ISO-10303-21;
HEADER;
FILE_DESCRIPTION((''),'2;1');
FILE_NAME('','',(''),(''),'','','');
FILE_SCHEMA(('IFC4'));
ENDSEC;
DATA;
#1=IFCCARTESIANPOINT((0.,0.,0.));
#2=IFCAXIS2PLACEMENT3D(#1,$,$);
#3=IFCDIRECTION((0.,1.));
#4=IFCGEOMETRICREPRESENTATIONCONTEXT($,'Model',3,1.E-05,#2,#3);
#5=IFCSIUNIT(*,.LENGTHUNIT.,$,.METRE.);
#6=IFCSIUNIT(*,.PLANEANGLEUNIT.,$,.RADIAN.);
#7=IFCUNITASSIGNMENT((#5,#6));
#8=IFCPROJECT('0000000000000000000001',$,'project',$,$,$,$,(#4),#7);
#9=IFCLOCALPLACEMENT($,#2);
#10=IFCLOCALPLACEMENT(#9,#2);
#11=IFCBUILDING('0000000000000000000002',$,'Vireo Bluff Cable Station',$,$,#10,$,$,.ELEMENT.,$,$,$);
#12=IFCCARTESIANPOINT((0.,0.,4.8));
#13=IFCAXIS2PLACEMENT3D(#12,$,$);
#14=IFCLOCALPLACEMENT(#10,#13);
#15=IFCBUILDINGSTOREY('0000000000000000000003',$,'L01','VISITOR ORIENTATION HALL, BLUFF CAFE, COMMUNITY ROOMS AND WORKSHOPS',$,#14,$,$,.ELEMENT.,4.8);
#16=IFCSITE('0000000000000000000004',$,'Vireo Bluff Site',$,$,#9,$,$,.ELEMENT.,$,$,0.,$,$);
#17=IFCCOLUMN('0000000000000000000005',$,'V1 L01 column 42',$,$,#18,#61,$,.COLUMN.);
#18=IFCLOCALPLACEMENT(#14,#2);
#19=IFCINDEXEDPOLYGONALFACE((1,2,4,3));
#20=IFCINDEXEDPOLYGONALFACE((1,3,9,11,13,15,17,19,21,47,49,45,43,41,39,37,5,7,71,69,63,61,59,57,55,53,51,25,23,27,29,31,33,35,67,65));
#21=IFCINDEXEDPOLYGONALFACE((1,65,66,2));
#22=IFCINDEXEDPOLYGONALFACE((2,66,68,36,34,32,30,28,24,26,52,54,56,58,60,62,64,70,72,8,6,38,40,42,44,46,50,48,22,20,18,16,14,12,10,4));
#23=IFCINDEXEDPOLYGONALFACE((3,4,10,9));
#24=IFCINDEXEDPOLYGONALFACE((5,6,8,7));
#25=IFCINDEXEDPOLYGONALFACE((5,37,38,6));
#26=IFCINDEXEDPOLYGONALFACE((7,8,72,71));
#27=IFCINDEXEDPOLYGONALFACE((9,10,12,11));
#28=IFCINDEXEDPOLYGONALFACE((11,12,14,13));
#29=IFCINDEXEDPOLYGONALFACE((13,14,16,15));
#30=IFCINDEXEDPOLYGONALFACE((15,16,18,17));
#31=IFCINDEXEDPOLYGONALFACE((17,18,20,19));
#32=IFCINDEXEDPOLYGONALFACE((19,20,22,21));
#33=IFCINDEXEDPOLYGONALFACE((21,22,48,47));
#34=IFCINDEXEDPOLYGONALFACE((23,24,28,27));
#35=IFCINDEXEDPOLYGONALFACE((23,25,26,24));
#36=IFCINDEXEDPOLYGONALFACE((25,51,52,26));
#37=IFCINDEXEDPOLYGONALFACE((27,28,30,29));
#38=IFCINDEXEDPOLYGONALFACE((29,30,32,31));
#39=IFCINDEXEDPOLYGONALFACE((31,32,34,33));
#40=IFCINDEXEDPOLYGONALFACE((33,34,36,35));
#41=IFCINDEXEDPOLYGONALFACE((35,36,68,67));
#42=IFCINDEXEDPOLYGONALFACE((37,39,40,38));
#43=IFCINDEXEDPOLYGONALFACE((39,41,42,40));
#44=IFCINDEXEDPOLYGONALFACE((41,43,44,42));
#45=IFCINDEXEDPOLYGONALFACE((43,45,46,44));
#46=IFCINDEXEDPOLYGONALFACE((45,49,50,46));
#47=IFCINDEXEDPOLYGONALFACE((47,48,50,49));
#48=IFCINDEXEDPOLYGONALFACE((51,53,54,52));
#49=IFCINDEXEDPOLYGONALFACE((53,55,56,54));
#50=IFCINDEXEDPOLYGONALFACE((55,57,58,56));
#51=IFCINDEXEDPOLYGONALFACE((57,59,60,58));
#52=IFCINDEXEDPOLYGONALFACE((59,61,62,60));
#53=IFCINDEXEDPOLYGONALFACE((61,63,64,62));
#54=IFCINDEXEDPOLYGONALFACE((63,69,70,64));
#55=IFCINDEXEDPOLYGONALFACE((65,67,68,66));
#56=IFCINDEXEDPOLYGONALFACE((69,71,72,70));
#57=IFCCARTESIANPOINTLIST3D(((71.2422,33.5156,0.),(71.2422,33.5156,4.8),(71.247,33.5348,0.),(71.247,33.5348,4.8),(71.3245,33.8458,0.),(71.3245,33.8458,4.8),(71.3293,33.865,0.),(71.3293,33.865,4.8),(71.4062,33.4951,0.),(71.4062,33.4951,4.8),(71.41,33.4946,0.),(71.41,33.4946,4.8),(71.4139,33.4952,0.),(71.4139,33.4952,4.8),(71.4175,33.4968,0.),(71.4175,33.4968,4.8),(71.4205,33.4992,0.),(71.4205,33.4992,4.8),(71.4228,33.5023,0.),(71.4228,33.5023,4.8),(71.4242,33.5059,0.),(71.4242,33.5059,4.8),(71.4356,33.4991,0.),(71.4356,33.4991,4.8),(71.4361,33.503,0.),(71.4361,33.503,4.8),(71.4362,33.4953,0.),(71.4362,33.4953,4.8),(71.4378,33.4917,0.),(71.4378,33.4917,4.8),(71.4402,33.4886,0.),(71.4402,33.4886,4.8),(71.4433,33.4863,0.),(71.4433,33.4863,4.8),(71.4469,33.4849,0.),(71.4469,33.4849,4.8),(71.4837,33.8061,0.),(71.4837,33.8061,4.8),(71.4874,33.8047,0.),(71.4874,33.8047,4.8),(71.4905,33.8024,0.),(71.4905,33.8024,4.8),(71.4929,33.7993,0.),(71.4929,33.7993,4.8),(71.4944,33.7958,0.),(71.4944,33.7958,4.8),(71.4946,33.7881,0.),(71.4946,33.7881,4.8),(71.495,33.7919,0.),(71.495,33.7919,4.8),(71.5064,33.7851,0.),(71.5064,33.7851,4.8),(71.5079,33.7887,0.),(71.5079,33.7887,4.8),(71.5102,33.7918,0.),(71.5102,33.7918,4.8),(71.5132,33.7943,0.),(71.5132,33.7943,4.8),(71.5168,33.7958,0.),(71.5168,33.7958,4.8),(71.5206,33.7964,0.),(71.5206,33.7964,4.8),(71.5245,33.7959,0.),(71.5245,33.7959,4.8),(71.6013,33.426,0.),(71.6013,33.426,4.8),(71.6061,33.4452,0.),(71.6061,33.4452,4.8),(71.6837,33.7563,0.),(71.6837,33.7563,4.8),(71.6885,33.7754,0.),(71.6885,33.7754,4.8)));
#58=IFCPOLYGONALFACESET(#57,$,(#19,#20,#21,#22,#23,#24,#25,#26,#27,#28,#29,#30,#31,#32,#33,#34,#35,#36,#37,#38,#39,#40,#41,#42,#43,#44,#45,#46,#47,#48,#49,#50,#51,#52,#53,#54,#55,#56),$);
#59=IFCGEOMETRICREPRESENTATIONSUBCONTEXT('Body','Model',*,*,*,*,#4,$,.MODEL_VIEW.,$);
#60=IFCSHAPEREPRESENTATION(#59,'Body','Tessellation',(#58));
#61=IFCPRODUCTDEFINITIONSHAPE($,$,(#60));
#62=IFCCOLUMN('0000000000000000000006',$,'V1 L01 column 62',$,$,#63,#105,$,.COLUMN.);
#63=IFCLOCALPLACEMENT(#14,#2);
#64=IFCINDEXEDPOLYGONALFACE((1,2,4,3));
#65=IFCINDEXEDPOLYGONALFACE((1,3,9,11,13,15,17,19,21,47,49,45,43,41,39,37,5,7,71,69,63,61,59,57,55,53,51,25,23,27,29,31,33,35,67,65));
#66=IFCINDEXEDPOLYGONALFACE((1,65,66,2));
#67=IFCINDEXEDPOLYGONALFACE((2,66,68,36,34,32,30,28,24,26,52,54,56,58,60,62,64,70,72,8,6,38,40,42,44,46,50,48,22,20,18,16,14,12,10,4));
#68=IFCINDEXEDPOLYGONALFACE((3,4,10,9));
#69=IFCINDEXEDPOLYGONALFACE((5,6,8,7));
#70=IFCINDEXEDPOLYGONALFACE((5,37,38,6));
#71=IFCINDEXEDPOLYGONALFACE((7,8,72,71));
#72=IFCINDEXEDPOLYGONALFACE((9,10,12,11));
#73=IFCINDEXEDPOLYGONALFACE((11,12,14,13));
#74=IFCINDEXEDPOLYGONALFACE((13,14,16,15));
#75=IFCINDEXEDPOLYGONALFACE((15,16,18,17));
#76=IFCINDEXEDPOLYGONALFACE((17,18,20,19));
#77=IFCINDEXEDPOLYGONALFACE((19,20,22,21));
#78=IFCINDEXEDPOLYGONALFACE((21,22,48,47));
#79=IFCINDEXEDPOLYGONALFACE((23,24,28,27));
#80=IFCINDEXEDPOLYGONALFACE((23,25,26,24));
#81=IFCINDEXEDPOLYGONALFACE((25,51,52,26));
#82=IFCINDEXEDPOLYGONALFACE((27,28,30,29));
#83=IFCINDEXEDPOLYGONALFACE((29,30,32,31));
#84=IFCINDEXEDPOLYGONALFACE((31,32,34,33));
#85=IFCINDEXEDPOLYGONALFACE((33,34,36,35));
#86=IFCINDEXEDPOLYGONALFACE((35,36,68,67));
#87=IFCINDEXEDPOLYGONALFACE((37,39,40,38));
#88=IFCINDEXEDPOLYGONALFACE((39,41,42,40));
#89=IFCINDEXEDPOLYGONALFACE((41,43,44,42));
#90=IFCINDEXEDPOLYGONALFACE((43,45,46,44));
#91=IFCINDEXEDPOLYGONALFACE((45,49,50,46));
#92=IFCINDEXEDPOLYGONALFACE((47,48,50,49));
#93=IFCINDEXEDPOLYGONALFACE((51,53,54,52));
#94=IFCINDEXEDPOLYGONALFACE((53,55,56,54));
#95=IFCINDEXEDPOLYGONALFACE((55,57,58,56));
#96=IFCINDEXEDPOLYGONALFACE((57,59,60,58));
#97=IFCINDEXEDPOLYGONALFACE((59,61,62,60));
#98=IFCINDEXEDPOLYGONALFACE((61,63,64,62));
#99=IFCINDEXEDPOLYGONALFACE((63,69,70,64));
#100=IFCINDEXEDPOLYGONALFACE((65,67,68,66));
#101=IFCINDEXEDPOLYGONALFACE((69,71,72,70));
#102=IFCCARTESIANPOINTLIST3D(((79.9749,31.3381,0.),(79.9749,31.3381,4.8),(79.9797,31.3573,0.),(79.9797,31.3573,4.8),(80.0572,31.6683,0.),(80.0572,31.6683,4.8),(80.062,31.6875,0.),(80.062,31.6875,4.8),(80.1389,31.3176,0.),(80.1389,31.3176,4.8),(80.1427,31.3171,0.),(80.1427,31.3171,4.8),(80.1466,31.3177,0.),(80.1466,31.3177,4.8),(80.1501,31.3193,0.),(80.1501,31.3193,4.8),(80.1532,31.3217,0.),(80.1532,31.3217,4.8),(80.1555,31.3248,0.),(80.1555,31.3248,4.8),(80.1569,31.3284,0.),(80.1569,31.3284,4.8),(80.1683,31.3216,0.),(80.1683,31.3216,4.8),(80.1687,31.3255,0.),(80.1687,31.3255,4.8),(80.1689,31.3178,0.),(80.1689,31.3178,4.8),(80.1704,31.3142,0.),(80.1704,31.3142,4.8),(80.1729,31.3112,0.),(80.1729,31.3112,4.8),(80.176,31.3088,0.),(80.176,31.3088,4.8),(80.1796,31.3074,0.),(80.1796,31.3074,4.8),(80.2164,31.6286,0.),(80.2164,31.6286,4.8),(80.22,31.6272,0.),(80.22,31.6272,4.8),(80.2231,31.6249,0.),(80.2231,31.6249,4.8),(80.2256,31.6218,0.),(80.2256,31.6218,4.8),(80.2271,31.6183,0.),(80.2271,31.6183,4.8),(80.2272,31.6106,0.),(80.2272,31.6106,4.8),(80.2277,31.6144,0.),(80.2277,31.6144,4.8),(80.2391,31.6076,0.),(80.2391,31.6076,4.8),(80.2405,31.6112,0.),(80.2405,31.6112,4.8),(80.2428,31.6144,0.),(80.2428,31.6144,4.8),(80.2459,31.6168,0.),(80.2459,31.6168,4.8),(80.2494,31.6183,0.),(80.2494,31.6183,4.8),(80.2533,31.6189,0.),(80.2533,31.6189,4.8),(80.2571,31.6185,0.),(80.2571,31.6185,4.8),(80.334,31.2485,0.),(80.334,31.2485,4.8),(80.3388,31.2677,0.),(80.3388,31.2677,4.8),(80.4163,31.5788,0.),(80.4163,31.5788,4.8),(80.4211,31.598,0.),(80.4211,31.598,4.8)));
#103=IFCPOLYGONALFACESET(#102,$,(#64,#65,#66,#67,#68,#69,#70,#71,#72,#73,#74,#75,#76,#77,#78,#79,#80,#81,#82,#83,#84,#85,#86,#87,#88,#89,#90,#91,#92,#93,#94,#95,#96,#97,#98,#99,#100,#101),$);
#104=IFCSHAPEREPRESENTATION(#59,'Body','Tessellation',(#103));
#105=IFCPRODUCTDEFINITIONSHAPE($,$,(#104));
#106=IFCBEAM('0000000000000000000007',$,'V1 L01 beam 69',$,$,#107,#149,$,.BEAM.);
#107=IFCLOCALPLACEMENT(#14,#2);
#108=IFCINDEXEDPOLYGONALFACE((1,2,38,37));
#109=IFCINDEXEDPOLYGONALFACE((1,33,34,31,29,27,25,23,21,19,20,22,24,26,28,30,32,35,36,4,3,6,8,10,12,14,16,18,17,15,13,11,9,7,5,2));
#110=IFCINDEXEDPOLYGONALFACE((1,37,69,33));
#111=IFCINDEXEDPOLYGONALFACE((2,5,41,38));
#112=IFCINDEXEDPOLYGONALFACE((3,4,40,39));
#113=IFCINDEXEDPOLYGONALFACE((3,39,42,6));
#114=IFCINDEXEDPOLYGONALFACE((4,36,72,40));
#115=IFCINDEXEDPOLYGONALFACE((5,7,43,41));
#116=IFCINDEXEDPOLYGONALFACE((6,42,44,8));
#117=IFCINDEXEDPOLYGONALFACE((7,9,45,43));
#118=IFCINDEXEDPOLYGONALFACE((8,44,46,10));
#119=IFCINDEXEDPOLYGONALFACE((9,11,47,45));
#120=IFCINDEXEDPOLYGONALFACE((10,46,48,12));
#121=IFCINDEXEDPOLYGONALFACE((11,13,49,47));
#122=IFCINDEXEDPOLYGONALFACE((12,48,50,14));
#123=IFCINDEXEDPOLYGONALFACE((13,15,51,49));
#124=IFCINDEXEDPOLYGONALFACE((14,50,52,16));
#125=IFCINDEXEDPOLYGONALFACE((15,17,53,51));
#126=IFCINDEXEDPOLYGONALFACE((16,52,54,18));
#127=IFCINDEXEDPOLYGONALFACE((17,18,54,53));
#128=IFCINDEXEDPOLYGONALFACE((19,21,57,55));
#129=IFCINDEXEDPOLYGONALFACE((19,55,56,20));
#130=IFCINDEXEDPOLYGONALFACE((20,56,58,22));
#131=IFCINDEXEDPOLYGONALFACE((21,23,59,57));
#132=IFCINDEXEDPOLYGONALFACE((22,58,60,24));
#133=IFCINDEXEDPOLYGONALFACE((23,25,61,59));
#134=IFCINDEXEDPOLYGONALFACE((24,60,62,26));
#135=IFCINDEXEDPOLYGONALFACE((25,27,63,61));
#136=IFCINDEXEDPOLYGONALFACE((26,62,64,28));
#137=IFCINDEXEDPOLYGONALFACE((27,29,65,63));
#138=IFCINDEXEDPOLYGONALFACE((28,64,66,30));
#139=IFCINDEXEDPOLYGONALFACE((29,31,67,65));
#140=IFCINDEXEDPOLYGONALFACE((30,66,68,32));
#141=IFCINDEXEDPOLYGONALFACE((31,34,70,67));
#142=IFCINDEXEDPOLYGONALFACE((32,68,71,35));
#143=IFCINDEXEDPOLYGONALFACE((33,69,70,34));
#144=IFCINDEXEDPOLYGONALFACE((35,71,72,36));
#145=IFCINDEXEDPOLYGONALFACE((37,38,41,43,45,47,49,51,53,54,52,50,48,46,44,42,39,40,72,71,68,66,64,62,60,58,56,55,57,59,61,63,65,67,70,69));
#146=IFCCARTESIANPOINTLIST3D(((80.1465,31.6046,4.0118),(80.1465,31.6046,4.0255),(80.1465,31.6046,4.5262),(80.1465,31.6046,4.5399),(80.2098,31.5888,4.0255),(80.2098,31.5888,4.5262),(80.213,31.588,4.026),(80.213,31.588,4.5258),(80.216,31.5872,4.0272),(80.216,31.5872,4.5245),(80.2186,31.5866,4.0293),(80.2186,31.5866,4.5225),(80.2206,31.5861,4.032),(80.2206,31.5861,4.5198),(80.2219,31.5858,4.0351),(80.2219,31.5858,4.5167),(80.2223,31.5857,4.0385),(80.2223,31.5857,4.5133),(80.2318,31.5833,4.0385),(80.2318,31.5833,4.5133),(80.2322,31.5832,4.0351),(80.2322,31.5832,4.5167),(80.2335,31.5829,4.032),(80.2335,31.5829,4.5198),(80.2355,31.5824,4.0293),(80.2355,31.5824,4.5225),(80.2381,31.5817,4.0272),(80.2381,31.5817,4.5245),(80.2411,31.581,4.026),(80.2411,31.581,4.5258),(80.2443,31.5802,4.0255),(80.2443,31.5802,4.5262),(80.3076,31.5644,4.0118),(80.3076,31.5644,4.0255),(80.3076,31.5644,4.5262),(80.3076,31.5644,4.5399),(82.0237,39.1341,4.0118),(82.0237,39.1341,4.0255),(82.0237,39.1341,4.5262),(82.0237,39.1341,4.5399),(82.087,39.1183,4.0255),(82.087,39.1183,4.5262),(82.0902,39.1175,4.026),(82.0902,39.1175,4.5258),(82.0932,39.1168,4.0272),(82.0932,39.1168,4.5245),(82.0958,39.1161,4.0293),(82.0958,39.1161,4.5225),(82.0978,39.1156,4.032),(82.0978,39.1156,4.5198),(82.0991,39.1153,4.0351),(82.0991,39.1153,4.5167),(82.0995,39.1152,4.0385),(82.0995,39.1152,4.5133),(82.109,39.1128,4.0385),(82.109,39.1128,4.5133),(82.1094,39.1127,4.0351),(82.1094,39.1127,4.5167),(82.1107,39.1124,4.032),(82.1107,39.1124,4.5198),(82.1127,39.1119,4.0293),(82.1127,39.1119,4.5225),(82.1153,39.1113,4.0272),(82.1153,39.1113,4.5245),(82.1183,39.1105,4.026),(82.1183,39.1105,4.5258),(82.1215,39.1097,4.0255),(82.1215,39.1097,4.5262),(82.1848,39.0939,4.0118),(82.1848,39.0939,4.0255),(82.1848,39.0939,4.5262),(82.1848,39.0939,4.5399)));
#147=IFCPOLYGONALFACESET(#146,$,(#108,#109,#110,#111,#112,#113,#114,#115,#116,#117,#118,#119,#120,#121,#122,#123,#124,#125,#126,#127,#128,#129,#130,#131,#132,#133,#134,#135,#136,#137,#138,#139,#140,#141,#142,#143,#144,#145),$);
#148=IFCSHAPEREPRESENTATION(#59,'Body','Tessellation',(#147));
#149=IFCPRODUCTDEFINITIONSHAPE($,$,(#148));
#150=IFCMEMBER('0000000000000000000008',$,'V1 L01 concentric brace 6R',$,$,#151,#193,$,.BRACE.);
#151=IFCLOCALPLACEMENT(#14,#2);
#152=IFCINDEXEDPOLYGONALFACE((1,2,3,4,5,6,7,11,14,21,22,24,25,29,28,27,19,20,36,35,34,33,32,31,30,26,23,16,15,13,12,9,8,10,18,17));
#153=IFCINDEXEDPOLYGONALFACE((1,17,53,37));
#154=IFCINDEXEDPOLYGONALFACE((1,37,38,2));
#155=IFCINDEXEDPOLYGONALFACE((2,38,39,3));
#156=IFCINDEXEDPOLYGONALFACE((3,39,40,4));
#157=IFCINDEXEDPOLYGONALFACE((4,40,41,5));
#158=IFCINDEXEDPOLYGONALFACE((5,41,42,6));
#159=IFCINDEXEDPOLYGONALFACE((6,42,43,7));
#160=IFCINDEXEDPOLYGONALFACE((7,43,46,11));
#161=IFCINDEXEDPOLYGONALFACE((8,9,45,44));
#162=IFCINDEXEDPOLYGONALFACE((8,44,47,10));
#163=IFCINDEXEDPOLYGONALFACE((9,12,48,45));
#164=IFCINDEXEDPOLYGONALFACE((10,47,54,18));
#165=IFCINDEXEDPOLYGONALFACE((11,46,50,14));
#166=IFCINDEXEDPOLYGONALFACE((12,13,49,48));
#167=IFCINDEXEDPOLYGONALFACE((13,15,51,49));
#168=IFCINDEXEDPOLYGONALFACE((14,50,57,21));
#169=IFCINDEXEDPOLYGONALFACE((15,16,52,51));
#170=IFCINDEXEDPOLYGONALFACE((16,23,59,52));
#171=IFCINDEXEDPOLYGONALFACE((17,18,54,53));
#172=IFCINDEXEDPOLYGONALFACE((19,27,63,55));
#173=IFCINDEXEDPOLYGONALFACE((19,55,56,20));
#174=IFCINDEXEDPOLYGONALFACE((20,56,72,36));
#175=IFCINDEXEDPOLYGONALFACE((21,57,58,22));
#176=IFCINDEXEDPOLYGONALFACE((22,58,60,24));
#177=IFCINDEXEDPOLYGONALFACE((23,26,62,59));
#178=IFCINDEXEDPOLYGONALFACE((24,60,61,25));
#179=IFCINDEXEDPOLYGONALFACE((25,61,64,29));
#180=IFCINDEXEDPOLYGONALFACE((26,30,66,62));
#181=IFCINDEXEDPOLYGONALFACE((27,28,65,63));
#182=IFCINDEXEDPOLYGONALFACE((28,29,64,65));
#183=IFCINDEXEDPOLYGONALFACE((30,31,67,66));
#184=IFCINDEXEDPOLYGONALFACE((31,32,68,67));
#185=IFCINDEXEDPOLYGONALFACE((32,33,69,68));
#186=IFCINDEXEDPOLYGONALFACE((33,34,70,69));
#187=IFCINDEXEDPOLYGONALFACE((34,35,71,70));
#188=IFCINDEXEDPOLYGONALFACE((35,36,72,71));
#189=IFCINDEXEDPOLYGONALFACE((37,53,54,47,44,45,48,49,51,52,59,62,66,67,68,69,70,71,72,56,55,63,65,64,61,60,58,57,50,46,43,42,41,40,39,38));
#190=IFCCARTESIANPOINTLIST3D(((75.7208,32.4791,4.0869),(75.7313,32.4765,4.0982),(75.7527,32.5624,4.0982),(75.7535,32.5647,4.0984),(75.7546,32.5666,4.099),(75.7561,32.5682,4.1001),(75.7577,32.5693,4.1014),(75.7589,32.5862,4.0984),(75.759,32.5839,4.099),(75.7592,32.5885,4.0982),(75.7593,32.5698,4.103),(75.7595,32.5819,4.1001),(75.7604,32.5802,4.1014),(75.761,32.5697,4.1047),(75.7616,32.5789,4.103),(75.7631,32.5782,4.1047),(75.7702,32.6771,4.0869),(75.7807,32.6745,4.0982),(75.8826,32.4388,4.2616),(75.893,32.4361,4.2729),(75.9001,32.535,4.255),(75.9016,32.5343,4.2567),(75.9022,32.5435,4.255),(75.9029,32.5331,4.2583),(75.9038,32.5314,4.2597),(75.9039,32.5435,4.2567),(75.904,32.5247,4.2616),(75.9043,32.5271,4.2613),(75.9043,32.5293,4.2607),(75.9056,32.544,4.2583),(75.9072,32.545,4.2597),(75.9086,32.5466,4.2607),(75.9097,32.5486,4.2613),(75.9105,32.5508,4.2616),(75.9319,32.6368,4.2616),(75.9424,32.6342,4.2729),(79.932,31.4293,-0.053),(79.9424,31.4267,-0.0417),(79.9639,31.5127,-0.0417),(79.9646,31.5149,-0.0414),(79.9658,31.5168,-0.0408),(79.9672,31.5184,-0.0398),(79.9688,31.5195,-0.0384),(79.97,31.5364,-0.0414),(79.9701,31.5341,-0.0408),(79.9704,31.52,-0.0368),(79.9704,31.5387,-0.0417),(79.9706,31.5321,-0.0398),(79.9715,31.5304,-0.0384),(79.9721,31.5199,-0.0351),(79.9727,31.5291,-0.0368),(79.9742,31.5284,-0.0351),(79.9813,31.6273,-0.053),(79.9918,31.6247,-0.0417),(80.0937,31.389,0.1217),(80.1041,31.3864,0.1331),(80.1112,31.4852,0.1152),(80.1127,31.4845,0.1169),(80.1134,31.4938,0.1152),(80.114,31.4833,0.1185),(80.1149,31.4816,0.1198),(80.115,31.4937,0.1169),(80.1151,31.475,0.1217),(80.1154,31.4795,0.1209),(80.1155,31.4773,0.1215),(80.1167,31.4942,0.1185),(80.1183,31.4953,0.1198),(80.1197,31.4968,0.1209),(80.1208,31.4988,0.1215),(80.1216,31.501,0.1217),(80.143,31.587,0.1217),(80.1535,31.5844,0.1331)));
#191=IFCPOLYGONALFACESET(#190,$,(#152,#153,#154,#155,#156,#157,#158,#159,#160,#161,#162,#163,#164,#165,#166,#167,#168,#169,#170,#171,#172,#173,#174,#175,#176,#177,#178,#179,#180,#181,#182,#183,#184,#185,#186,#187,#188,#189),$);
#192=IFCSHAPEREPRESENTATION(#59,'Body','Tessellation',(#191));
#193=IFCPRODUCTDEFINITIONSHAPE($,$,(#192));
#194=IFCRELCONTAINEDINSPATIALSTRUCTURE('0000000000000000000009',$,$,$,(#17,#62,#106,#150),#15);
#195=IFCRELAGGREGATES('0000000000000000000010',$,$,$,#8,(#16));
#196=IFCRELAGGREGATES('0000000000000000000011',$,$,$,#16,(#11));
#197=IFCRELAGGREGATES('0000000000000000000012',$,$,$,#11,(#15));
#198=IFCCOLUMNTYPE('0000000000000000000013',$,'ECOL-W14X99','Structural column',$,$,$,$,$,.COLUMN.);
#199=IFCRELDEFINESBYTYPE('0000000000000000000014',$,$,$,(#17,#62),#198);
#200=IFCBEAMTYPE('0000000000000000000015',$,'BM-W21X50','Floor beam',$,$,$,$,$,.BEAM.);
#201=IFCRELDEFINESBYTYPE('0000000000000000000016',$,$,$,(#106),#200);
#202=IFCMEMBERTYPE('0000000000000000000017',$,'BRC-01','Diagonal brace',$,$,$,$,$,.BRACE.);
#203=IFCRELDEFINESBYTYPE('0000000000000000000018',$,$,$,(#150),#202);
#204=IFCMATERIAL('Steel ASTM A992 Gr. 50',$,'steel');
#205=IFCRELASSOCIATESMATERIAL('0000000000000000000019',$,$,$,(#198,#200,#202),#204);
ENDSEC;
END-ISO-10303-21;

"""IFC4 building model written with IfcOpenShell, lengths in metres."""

from ifc_helpers import new_model, si_unit, direction, frame, origin, origin_2d, place, context, subcontext, project, spatial, i_section, extrude, material, material_profile, profile_set, type_object, element, save


model = new_model("IFC4")

# Units and contexts
model_context = context("Model", 3, precision=1e-05, world=origin(), true_north=direction((0.0, 1.0)))
body_context = subcontext(model_context, "Body", "Model", "MODEL_VIEW")
ifc_project = project(units=[si_unit("LENGTHUNIT", "METRE"), si_unit("PLANEANGLEUNIT", "RADIAN")], contexts=[model_context])

# Site, building, storey
site_placement = place(None, origin())
site = spatial("IfcSite", under=ifc_project, at=site_placement, Name="Vireo Bluff Site", CompositionType="ELEMENT", RefElevation=0.0)
building_placement = place(site_placement, origin())
building = spatial("IfcBuilding", under=site, at=building_placement, Name="Vireo Bluff Cable Station", CompositionType="ELEMENT")
storey_placement = place(building_placement, frame((0.0, 0.0, 4.8)))
storey = spatial("IfcBuildingStorey", under=building, at=storey_placement, Name="L01", Description="VISITOR ORIENTATION HALL, BLUFF CAFE, COMMUNITY ROOMS AND WORKSHOPS", CompositionType="ELEMENT", Elevation=4.8)

# Columns
ifc_material_1 = material(Name="Steel ASTM A992 Gr. 50", Category="steel")
ifc_material_profile_1 = material_profile(ifc_material_1, i_section(OverallWidth=0.3701, OverallDepth=0.3601, WebThickness=0.0122, FlangeThickness=0.0198, FilletRadius=0.0149, at=origin_2d()), Name="W14X99")
ifc_profile_set_1 = profile_set([ifc_material_profile_1], Name="Steel ASTM A992 Gr. 50")
column_type = type_object("IfcColumnType", Name="ECOL-W14X99", Description="Structural column", PredefinedType="COLUMN", material=ifc_profile_set_1)
for number, where, z_axis, x_axis, name in (
    (1, (71.4653, 33.6455, 0.0), (0.0, 0.0, 1.0), (0.970296, -0.241922, 0.0), "V1 L01 column 42"),
    (2, (80.198, 31.468, 0.0), (0.0, 0.0, 1.0), (0.970296, -0.241922, 0.0), "V1 L01 column 62"),
):
    element("IfcColumn", number, at=place(storey_placement, frame(where, z_axis=z_axis, x_axis=x_axis)), inside=storey, type_object=column_type, Name=name, PredefinedType="COLUMN", context=body_context, shape_type="SweptSolid", body=[
        extrude(i_section(OverallWidth=0.3701, OverallDepth=0.3601, WebThickness=0.0122, FlangeThickness=0.0198, FilletRadius=0.0149, at=origin_2d()), origin(), (0.0, 0.0, 1.0), 4.8),
    ])

# Beam
ifc_material_profile_2 = material_profile(ifc_material_1, i_section(OverallWidth=0.166, OverallDepth=0.5281, WebThickness=0.0098, FlangeThickness=0.0137, FilletRadius=0.0129, at=origin_2d()), Name="W21X50")
ifc_profile_set_2 = profile_set([ifc_material_profile_2], Name="Steel ASTM A992 Gr. 50")
beam_type_1 = type_object("IfcBeamType", Name="BM-W21X50", Description="Floor beam", PredefinedType="BEAM", material=ifc_profile_set_2)
beam_1_placement = place(storey_placement, frame((80.2271, 31.5845, 4.2759), z_axis=(0.241906, 0.9703, 0.0), x_axis=(-0.9703, 0.241906, 0.0)))
element("IfcBeam", 3, at=beam_1_placement, inside=storey, type_object=beam_type_1, Name="V1 L01 beam 69", PredefinedType="BEAM", context=body_context, shape_type="SweptSolid", body=[
    extrude(i_section(OverallWidth=0.166, OverallDepth=0.5281, WebThickness=0.0098, FlangeThickness=0.0137, FilletRadius=0.0129, at=origin_2d()), origin(), (0.0, 0.0, 1.0), 7.76),
])

# Member
ifc_material_profile_3 = material_profile(ifc_material_1, i_section(OverallWidth=0.2041, OverallDepth=0.2571, WebThickness=0.0088, FlangeThickness=0.0156, FilletRadius=0.009, at=origin_2d()), Name="W10X45")
ifc_profile_set_3 = profile_set([ifc_material_profile_3], Name="Steel ASTM A992 Gr. 50")
member_type_1 = type_object("IfcMemberType", Name="BRC-01", Description="Diagonal brace", PredefinedType="BRACE", material=ifc_profile_set_3)
member_1_placement = place(storey_placement, frame((80.0427, 31.5068, 0.04), z_axis=(-0.702109, 0.175029, 0.690223), x_axis=(-0.241887, -0.970304, 0.0)))
element("IfcMember", 4, at=member_1_placement, inside=storey, type_object=member_type_1, Name="V1 L01 concentric brace 6R", PredefinedType="BRACE", context=body_context, shape_type="SweptSolid", body=[
    extrude(i_section(OverallWidth=0.2041, OverallDepth=0.2571, WebThickness=0.0088, FlangeThickness=0.0156, FilletRadius=0.009, at=origin_2d()), origin(), (0.0, 0.0, 1.0), 5.9978),
])

save(model, "model.ifc")
